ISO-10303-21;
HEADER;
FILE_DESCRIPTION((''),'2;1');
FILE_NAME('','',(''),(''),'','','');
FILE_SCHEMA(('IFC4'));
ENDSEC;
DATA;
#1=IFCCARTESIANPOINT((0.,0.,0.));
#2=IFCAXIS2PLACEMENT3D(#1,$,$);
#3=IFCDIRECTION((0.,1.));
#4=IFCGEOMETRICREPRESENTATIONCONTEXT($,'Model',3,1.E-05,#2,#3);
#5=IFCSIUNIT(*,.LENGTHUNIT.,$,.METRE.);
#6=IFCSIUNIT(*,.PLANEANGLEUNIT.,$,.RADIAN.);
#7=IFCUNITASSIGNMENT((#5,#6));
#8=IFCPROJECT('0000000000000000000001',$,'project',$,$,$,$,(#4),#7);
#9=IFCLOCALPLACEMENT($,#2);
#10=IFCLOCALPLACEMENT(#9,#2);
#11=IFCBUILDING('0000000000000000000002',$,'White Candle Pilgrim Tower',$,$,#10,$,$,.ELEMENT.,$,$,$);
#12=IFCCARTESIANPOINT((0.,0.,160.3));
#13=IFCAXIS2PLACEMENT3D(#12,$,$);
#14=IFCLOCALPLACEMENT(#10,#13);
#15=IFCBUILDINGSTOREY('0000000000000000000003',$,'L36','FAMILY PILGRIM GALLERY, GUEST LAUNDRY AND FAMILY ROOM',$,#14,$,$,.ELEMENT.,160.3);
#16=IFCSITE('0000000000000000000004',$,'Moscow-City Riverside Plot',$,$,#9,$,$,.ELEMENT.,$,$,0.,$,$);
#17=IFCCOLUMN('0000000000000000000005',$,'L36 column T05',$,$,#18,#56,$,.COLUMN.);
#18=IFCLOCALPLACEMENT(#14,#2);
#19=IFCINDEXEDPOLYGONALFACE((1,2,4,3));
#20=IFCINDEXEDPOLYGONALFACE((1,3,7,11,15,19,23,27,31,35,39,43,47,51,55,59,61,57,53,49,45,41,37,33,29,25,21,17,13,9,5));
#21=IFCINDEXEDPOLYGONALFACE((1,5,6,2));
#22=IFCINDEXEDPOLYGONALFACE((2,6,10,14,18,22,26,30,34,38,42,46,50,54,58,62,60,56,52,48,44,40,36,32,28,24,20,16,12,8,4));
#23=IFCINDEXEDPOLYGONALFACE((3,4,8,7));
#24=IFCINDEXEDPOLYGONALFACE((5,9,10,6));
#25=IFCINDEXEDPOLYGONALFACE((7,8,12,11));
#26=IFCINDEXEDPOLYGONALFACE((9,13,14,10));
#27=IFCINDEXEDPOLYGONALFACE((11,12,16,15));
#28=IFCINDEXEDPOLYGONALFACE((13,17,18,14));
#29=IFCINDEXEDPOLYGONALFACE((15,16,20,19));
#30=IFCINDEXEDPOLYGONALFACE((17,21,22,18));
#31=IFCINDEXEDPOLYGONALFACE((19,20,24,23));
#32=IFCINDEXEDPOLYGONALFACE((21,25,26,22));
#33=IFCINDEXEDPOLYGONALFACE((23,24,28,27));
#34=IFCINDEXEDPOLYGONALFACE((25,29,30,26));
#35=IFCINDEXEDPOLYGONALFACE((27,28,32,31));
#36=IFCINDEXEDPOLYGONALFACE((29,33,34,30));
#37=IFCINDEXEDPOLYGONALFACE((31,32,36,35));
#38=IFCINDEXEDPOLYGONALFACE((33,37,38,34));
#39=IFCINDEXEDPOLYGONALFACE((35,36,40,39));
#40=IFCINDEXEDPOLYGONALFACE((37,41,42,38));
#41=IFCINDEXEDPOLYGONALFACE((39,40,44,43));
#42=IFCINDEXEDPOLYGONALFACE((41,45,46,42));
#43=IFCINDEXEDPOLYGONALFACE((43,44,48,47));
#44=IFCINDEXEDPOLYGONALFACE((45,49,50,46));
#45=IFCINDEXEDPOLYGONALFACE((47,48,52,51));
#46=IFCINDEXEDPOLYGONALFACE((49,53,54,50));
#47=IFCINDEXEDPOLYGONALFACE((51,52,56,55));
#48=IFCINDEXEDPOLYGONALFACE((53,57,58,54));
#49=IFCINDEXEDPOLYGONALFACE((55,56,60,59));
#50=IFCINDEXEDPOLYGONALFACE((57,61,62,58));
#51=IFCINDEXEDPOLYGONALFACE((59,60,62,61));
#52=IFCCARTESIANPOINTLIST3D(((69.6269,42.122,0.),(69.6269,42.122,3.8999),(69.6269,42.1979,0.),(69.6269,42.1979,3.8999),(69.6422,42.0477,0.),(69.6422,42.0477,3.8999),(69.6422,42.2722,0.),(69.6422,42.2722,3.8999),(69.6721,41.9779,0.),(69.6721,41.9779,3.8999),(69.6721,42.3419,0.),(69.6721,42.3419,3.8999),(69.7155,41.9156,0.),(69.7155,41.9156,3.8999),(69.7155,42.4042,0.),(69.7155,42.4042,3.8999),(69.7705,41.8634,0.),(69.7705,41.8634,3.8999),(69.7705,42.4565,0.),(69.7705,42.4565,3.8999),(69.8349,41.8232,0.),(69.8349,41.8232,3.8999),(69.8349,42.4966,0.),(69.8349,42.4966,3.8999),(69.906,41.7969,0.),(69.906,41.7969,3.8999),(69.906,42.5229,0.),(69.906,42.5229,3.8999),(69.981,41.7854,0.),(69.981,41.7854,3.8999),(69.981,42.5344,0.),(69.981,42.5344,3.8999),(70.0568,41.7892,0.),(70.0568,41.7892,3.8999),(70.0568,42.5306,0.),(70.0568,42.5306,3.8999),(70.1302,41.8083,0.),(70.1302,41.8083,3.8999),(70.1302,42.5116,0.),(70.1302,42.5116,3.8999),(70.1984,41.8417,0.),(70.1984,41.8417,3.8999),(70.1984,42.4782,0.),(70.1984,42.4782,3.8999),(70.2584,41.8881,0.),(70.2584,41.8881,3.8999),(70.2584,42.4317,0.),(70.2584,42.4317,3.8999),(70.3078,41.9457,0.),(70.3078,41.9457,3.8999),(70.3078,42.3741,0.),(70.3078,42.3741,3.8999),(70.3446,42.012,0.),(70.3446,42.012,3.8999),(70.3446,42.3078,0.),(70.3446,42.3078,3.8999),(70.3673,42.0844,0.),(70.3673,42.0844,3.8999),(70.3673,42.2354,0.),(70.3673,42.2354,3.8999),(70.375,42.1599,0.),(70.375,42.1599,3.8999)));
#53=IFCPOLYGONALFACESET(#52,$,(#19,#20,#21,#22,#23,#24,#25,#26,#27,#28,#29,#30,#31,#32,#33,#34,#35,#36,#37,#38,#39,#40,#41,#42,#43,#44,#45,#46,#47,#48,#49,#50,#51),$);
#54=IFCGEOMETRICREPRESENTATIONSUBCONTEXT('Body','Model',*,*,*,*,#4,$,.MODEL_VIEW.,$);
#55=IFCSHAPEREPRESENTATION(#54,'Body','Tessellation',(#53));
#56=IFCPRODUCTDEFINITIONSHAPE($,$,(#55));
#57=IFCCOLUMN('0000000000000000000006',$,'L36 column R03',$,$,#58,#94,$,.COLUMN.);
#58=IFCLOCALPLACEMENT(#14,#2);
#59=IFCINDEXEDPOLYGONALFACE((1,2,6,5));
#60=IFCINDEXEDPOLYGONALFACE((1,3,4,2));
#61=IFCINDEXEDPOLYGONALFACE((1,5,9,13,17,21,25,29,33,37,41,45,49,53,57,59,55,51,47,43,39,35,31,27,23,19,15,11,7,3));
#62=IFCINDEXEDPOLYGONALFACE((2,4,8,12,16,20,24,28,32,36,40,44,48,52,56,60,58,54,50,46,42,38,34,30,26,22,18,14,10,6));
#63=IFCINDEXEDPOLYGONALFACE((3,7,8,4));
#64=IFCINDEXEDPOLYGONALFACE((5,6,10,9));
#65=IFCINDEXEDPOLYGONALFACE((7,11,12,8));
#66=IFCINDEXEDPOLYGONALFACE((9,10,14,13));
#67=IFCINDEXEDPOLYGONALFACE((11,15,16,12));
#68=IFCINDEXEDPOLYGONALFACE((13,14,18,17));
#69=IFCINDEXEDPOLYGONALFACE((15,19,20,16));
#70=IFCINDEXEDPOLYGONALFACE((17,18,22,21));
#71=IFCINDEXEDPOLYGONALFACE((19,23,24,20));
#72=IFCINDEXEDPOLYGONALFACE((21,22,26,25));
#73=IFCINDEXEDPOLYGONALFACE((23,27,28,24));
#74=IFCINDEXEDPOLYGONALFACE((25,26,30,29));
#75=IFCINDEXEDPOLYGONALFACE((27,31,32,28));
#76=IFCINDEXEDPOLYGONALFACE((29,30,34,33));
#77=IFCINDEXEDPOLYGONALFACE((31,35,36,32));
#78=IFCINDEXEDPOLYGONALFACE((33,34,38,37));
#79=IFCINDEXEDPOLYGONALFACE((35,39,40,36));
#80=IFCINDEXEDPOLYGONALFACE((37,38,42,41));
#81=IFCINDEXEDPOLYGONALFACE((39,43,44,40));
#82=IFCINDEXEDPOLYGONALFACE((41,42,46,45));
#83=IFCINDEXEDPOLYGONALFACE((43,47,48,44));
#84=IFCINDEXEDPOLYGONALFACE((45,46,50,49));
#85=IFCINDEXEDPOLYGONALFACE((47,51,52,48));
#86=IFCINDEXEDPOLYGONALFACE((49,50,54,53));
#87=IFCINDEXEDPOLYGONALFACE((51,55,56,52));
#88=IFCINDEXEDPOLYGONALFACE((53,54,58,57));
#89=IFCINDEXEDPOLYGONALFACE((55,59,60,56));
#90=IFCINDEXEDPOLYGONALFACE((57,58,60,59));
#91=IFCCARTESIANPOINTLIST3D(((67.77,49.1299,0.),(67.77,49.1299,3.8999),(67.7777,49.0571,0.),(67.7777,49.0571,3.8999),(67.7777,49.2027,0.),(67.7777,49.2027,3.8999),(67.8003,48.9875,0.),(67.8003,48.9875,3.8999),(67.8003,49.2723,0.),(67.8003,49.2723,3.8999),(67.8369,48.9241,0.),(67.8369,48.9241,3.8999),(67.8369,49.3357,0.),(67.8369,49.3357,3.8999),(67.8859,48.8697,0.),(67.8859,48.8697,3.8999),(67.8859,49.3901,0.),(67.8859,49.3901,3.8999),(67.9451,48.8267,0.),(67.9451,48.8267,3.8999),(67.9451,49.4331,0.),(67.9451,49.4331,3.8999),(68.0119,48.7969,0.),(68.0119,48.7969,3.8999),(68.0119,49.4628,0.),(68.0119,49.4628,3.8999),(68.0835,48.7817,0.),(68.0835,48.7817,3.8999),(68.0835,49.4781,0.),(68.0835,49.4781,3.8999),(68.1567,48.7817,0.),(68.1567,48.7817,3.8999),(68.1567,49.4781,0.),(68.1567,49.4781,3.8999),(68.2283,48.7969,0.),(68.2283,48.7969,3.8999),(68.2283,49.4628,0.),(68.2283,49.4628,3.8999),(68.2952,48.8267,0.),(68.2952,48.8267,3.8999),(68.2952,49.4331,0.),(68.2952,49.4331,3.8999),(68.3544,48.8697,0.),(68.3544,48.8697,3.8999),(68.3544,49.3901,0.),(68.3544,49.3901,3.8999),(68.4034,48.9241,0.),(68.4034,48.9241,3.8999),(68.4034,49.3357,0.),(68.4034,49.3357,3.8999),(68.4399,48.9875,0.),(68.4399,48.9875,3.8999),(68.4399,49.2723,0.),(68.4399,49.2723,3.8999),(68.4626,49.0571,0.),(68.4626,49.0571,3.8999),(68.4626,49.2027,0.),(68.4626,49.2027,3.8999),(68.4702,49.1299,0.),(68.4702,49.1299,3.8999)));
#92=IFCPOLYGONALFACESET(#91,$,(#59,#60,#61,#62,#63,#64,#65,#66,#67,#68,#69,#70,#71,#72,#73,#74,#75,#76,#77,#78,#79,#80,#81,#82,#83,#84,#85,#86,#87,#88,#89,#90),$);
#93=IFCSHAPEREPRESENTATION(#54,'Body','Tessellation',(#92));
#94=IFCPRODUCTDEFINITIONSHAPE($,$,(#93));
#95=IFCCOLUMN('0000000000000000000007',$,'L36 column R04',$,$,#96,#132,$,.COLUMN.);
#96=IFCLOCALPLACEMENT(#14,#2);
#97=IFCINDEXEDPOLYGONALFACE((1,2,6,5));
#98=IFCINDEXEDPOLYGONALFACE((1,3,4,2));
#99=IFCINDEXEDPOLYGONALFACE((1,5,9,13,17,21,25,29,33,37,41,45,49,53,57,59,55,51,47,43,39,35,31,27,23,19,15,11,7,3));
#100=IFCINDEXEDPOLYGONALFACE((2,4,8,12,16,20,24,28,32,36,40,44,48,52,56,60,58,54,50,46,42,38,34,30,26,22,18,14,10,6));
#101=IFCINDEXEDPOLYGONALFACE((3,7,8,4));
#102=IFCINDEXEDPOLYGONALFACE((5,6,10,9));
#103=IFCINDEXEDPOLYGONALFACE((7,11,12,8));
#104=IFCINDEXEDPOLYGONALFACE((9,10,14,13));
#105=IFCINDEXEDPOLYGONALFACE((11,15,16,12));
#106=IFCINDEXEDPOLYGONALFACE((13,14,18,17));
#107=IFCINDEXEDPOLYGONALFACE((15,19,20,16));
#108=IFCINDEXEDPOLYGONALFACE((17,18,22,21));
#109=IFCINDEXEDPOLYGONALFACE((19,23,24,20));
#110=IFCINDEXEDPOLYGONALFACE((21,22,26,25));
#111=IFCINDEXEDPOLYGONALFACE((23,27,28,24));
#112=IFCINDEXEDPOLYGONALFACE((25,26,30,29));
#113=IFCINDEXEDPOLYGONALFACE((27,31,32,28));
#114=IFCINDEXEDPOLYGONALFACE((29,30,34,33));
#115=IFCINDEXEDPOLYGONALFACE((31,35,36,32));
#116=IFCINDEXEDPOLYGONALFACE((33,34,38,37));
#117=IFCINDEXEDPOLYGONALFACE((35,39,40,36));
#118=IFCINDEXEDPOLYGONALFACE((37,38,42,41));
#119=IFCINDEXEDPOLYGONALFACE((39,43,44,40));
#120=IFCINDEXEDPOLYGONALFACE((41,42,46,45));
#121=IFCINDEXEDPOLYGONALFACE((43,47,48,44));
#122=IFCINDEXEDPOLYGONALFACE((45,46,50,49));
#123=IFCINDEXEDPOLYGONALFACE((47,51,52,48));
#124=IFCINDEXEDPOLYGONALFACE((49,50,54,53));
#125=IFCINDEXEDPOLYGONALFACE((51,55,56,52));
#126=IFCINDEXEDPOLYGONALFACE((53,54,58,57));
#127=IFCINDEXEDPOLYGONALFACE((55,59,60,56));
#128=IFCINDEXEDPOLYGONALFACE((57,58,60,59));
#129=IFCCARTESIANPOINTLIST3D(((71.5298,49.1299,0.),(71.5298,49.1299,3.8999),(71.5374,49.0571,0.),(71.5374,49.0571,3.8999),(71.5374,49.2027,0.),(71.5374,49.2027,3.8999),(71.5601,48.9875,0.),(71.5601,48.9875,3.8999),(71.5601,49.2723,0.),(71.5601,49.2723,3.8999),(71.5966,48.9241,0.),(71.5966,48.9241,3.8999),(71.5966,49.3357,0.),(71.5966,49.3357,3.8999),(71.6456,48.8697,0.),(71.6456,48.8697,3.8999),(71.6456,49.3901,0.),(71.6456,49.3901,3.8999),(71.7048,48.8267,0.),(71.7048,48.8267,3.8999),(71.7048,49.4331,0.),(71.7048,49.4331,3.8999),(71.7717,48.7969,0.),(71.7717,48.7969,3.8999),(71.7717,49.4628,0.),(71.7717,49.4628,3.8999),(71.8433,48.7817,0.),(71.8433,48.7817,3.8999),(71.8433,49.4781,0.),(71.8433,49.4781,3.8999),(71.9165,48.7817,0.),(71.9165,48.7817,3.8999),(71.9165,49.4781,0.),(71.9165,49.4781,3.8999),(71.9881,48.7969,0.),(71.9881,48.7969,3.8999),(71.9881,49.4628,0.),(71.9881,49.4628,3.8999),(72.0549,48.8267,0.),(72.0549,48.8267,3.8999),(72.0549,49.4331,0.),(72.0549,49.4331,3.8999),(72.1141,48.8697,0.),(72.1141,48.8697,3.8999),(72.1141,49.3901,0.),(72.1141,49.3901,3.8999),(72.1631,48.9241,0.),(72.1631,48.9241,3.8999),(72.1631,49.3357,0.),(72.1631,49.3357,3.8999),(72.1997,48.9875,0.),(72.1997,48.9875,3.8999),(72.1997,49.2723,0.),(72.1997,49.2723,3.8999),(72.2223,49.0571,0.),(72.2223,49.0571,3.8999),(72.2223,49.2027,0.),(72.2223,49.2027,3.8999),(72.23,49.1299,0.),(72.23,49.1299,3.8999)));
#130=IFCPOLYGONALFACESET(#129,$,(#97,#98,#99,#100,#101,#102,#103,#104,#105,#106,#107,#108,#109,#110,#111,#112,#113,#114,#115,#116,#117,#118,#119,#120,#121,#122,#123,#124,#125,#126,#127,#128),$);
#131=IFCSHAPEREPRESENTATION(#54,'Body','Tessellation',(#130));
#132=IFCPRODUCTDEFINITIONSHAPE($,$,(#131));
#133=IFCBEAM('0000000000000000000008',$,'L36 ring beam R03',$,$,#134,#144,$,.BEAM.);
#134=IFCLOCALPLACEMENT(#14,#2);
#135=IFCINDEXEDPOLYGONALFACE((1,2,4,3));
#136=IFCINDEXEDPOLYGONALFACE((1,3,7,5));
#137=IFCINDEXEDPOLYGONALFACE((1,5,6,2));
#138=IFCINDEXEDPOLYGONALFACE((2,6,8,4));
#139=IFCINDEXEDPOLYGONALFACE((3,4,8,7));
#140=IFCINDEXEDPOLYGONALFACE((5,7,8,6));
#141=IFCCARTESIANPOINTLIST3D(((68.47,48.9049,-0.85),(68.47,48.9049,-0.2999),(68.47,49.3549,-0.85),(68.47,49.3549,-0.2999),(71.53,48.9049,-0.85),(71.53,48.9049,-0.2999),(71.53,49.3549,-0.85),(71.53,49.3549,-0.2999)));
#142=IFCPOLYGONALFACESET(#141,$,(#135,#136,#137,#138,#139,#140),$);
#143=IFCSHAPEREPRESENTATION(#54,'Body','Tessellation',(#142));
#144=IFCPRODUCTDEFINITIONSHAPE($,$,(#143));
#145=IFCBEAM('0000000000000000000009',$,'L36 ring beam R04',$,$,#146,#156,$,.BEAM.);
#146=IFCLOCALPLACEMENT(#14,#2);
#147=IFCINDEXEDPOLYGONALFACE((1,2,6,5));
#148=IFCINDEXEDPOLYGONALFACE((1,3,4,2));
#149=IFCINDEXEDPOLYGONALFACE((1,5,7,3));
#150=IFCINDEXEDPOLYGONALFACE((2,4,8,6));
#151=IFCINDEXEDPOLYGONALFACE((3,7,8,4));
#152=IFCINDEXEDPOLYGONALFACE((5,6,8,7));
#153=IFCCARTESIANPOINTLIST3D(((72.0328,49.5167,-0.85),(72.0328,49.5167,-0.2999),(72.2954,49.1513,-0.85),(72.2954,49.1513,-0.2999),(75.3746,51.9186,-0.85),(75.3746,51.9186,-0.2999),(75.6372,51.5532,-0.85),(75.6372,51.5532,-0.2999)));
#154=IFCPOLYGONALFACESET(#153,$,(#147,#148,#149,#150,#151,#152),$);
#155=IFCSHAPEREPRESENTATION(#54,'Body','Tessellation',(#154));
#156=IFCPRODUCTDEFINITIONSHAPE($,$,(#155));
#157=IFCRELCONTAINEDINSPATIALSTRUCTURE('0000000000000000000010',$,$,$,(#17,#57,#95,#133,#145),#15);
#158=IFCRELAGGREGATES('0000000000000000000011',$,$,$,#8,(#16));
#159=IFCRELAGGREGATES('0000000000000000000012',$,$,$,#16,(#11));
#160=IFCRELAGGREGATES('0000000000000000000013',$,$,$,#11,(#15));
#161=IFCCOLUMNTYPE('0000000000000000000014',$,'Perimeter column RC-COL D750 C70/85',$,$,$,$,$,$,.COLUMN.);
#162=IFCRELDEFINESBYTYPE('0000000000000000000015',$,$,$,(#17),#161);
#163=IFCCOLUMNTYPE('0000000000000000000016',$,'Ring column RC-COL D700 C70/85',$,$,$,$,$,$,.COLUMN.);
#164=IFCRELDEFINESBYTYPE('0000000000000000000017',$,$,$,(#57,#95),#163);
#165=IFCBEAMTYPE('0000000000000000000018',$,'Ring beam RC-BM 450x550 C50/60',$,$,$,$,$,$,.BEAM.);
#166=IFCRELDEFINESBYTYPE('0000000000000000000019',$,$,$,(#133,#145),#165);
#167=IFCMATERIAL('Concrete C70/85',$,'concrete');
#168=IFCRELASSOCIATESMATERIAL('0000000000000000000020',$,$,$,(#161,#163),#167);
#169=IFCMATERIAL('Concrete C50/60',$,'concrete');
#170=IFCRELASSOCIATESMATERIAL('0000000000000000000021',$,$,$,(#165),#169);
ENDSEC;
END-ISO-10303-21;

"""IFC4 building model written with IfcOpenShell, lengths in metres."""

from ifc_helpers import new_model, si_unit, direction, frame, origin, origin_2d, place, context, subcontext, project, spatial, rectangle, circle, extrude, material, material_profile, profile_set, type_object, element, save


model = new_model("IFC4")

# Units and contexts
model_context = context("Model", 3, precision=1e-05, world=origin(), true_north=direction((0.0, 1.0)))
body_context = subcontext(model_context, "Body", "Model", "MODEL_VIEW")
ifc_project = project(units=[si_unit("LENGTHUNIT", "METRE"), si_unit("PLANEANGLEUNIT", "RADIAN")], contexts=[model_context])

# Site, building, storey
site_placement = place(None, origin())
site = spatial("IfcSite", under=ifc_project, at=site_placement, Name="Moscow-City Riverside Plot", CompositionType="ELEMENT", RefElevation=0.0)
building_placement = place(site_placement, origin())
building = spatial("IfcBuilding", under=site, at=building_placement, Name="White Candle Pilgrim Tower", CompositionType="ELEMENT")
storey_placement = place(building_placement, frame((0.0, 0.0, 160.3)))
storey = spatial("IfcBuildingStorey", under=building, at=storey_placement, Name="L36", Description="FAMILY PILGRIM GALLERY, GUEST LAUNDRY AND FAMILY ROOM", CompositionType="ELEMENT", Elevation=160.3)

# Columns
ifc_material_1 = material(Name="Concrete C70/85", Category="concrete")
ifc_material_profile_1 = material_profile(ifc_material_1, circle(Radius=0.375, at=origin_2d()), Name="RC-COL D750")
ifc_profile_set_1 = profile_set([ifc_material_profile_1], Name="Concrete C70/85")
column_type_1 = type_object("IfcColumnType", Name="Perimeter column RC-COL D750 C70/85", PredefinedType="COLUMN", material=ifc_profile_set_1)
column_placement = place(storey_placement, frame((70.0, 42.1599, 0.0), z_axis=(0.0, 0.0, 1.0), x_axis=(1.0, 0.0, 0.0)))
element("IfcColumn", 1, at=column_placement, inside=storey, type_object=column_type_1, Name="L36 column T05", PredefinedType="COLUMN", context=body_context, shape_type="SweptSolid", body=[
    extrude(circle(Radius=0.375, at=origin_2d()), origin(), (0.0, 0.0, 1.0), 3.8999),
])
ifc_material_profile_2 = material_profile(ifc_material_1, circle(Radius=0.3501, at=origin_2d()), Name="RC-COL D700")
ifc_profile_set_2 = profile_set([ifc_material_profile_2], Name="Concrete C70/85")
column_type_2 = type_object("IfcColumnType", Name="Ring column RC-COL D700 C70/85", PredefinedType="COLUMN", material=ifc_profile_set_2)
for number, where, z_axis, x_axis, name in (
    (2, (68.1201, 49.1299, 0.0), (0.0, 0.0, 1.0), (1.0, 0.0, 0.0), "L36 column R03"),
    (3, (71.8799, 49.1299, 0.0), (0.0, 0.0, 1.0), (1.0, 0.0, 0.0), "L36 column R04"),
):
    element("IfcColumn", number, at=place(storey_placement, frame(where, z_axis=z_axis, x_axis=x_axis)), inside=storey, type_object=column_type_2, Name=name, PredefinedType="COLUMN", context=body_context, shape_type="SweptSolid", body=[
        extrude(circle(Radius=0.3501, at=origin_2d()), origin(), (0.0, 0.0, 1.0), 3.8999),
    ])

# Beams
ifc_material_2 = material(Name="Concrete C50/60", Category="concrete")
ifc_material_profile_3 = material_profile(ifc_material_2, rectangle(XDim=0.45, YDim=0.55, at=origin_2d()), Name="RC-BM 450x550")
ifc_profile_set_3 = profile_set([ifc_material_profile_3], Name="Concrete C50/60")
beam_type = type_object("IfcBeamType", Name="Ring beam RC-BM 450x550 C50/60", PredefinedType="BEAM", material=ifc_profile_set_3)
beam_1_placement = place(storey_placement, frame((68.47, 49.1299, -0.575), z_axis=(1.0, 0.0, 0.0), x_axis=(0.0, 1.0, 0.0)))
element("IfcBeam", 4, at=beam_1_placement, inside=storey, type_object=beam_type, Name="L36 ring beam R03", PredefinedType="BEAM", context=body_context, shape_type="SweptSolid", body=[
    extrude(rectangle(XDim=0.45, YDim=0.55, at=origin_2d()), origin(), (0.0, 0.0, 1.0), 3.0601),
])
beam_2_placement = place(storey_placement, frame((72.1641, 49.334, -0.575), z_axis=(0.812022, 0.583626, 0.0), x_axis=(-0.583626, 0.812022, 0.0)))
element("IfcBeam", 5, at=beam_2_placement, inside=storey, type_object=beam_type, Name="L36 ring beam R04", PredefinedType="BEAM", context=body_context, shape_type="SweptSolid", body=[
    extrude(rectangle(XDim=0.45, YDim=0.55, at=origin_2d()), origin(), (0.0, 0.0, 1.0), 4.1155),
])

save(model, "model.ifc")
